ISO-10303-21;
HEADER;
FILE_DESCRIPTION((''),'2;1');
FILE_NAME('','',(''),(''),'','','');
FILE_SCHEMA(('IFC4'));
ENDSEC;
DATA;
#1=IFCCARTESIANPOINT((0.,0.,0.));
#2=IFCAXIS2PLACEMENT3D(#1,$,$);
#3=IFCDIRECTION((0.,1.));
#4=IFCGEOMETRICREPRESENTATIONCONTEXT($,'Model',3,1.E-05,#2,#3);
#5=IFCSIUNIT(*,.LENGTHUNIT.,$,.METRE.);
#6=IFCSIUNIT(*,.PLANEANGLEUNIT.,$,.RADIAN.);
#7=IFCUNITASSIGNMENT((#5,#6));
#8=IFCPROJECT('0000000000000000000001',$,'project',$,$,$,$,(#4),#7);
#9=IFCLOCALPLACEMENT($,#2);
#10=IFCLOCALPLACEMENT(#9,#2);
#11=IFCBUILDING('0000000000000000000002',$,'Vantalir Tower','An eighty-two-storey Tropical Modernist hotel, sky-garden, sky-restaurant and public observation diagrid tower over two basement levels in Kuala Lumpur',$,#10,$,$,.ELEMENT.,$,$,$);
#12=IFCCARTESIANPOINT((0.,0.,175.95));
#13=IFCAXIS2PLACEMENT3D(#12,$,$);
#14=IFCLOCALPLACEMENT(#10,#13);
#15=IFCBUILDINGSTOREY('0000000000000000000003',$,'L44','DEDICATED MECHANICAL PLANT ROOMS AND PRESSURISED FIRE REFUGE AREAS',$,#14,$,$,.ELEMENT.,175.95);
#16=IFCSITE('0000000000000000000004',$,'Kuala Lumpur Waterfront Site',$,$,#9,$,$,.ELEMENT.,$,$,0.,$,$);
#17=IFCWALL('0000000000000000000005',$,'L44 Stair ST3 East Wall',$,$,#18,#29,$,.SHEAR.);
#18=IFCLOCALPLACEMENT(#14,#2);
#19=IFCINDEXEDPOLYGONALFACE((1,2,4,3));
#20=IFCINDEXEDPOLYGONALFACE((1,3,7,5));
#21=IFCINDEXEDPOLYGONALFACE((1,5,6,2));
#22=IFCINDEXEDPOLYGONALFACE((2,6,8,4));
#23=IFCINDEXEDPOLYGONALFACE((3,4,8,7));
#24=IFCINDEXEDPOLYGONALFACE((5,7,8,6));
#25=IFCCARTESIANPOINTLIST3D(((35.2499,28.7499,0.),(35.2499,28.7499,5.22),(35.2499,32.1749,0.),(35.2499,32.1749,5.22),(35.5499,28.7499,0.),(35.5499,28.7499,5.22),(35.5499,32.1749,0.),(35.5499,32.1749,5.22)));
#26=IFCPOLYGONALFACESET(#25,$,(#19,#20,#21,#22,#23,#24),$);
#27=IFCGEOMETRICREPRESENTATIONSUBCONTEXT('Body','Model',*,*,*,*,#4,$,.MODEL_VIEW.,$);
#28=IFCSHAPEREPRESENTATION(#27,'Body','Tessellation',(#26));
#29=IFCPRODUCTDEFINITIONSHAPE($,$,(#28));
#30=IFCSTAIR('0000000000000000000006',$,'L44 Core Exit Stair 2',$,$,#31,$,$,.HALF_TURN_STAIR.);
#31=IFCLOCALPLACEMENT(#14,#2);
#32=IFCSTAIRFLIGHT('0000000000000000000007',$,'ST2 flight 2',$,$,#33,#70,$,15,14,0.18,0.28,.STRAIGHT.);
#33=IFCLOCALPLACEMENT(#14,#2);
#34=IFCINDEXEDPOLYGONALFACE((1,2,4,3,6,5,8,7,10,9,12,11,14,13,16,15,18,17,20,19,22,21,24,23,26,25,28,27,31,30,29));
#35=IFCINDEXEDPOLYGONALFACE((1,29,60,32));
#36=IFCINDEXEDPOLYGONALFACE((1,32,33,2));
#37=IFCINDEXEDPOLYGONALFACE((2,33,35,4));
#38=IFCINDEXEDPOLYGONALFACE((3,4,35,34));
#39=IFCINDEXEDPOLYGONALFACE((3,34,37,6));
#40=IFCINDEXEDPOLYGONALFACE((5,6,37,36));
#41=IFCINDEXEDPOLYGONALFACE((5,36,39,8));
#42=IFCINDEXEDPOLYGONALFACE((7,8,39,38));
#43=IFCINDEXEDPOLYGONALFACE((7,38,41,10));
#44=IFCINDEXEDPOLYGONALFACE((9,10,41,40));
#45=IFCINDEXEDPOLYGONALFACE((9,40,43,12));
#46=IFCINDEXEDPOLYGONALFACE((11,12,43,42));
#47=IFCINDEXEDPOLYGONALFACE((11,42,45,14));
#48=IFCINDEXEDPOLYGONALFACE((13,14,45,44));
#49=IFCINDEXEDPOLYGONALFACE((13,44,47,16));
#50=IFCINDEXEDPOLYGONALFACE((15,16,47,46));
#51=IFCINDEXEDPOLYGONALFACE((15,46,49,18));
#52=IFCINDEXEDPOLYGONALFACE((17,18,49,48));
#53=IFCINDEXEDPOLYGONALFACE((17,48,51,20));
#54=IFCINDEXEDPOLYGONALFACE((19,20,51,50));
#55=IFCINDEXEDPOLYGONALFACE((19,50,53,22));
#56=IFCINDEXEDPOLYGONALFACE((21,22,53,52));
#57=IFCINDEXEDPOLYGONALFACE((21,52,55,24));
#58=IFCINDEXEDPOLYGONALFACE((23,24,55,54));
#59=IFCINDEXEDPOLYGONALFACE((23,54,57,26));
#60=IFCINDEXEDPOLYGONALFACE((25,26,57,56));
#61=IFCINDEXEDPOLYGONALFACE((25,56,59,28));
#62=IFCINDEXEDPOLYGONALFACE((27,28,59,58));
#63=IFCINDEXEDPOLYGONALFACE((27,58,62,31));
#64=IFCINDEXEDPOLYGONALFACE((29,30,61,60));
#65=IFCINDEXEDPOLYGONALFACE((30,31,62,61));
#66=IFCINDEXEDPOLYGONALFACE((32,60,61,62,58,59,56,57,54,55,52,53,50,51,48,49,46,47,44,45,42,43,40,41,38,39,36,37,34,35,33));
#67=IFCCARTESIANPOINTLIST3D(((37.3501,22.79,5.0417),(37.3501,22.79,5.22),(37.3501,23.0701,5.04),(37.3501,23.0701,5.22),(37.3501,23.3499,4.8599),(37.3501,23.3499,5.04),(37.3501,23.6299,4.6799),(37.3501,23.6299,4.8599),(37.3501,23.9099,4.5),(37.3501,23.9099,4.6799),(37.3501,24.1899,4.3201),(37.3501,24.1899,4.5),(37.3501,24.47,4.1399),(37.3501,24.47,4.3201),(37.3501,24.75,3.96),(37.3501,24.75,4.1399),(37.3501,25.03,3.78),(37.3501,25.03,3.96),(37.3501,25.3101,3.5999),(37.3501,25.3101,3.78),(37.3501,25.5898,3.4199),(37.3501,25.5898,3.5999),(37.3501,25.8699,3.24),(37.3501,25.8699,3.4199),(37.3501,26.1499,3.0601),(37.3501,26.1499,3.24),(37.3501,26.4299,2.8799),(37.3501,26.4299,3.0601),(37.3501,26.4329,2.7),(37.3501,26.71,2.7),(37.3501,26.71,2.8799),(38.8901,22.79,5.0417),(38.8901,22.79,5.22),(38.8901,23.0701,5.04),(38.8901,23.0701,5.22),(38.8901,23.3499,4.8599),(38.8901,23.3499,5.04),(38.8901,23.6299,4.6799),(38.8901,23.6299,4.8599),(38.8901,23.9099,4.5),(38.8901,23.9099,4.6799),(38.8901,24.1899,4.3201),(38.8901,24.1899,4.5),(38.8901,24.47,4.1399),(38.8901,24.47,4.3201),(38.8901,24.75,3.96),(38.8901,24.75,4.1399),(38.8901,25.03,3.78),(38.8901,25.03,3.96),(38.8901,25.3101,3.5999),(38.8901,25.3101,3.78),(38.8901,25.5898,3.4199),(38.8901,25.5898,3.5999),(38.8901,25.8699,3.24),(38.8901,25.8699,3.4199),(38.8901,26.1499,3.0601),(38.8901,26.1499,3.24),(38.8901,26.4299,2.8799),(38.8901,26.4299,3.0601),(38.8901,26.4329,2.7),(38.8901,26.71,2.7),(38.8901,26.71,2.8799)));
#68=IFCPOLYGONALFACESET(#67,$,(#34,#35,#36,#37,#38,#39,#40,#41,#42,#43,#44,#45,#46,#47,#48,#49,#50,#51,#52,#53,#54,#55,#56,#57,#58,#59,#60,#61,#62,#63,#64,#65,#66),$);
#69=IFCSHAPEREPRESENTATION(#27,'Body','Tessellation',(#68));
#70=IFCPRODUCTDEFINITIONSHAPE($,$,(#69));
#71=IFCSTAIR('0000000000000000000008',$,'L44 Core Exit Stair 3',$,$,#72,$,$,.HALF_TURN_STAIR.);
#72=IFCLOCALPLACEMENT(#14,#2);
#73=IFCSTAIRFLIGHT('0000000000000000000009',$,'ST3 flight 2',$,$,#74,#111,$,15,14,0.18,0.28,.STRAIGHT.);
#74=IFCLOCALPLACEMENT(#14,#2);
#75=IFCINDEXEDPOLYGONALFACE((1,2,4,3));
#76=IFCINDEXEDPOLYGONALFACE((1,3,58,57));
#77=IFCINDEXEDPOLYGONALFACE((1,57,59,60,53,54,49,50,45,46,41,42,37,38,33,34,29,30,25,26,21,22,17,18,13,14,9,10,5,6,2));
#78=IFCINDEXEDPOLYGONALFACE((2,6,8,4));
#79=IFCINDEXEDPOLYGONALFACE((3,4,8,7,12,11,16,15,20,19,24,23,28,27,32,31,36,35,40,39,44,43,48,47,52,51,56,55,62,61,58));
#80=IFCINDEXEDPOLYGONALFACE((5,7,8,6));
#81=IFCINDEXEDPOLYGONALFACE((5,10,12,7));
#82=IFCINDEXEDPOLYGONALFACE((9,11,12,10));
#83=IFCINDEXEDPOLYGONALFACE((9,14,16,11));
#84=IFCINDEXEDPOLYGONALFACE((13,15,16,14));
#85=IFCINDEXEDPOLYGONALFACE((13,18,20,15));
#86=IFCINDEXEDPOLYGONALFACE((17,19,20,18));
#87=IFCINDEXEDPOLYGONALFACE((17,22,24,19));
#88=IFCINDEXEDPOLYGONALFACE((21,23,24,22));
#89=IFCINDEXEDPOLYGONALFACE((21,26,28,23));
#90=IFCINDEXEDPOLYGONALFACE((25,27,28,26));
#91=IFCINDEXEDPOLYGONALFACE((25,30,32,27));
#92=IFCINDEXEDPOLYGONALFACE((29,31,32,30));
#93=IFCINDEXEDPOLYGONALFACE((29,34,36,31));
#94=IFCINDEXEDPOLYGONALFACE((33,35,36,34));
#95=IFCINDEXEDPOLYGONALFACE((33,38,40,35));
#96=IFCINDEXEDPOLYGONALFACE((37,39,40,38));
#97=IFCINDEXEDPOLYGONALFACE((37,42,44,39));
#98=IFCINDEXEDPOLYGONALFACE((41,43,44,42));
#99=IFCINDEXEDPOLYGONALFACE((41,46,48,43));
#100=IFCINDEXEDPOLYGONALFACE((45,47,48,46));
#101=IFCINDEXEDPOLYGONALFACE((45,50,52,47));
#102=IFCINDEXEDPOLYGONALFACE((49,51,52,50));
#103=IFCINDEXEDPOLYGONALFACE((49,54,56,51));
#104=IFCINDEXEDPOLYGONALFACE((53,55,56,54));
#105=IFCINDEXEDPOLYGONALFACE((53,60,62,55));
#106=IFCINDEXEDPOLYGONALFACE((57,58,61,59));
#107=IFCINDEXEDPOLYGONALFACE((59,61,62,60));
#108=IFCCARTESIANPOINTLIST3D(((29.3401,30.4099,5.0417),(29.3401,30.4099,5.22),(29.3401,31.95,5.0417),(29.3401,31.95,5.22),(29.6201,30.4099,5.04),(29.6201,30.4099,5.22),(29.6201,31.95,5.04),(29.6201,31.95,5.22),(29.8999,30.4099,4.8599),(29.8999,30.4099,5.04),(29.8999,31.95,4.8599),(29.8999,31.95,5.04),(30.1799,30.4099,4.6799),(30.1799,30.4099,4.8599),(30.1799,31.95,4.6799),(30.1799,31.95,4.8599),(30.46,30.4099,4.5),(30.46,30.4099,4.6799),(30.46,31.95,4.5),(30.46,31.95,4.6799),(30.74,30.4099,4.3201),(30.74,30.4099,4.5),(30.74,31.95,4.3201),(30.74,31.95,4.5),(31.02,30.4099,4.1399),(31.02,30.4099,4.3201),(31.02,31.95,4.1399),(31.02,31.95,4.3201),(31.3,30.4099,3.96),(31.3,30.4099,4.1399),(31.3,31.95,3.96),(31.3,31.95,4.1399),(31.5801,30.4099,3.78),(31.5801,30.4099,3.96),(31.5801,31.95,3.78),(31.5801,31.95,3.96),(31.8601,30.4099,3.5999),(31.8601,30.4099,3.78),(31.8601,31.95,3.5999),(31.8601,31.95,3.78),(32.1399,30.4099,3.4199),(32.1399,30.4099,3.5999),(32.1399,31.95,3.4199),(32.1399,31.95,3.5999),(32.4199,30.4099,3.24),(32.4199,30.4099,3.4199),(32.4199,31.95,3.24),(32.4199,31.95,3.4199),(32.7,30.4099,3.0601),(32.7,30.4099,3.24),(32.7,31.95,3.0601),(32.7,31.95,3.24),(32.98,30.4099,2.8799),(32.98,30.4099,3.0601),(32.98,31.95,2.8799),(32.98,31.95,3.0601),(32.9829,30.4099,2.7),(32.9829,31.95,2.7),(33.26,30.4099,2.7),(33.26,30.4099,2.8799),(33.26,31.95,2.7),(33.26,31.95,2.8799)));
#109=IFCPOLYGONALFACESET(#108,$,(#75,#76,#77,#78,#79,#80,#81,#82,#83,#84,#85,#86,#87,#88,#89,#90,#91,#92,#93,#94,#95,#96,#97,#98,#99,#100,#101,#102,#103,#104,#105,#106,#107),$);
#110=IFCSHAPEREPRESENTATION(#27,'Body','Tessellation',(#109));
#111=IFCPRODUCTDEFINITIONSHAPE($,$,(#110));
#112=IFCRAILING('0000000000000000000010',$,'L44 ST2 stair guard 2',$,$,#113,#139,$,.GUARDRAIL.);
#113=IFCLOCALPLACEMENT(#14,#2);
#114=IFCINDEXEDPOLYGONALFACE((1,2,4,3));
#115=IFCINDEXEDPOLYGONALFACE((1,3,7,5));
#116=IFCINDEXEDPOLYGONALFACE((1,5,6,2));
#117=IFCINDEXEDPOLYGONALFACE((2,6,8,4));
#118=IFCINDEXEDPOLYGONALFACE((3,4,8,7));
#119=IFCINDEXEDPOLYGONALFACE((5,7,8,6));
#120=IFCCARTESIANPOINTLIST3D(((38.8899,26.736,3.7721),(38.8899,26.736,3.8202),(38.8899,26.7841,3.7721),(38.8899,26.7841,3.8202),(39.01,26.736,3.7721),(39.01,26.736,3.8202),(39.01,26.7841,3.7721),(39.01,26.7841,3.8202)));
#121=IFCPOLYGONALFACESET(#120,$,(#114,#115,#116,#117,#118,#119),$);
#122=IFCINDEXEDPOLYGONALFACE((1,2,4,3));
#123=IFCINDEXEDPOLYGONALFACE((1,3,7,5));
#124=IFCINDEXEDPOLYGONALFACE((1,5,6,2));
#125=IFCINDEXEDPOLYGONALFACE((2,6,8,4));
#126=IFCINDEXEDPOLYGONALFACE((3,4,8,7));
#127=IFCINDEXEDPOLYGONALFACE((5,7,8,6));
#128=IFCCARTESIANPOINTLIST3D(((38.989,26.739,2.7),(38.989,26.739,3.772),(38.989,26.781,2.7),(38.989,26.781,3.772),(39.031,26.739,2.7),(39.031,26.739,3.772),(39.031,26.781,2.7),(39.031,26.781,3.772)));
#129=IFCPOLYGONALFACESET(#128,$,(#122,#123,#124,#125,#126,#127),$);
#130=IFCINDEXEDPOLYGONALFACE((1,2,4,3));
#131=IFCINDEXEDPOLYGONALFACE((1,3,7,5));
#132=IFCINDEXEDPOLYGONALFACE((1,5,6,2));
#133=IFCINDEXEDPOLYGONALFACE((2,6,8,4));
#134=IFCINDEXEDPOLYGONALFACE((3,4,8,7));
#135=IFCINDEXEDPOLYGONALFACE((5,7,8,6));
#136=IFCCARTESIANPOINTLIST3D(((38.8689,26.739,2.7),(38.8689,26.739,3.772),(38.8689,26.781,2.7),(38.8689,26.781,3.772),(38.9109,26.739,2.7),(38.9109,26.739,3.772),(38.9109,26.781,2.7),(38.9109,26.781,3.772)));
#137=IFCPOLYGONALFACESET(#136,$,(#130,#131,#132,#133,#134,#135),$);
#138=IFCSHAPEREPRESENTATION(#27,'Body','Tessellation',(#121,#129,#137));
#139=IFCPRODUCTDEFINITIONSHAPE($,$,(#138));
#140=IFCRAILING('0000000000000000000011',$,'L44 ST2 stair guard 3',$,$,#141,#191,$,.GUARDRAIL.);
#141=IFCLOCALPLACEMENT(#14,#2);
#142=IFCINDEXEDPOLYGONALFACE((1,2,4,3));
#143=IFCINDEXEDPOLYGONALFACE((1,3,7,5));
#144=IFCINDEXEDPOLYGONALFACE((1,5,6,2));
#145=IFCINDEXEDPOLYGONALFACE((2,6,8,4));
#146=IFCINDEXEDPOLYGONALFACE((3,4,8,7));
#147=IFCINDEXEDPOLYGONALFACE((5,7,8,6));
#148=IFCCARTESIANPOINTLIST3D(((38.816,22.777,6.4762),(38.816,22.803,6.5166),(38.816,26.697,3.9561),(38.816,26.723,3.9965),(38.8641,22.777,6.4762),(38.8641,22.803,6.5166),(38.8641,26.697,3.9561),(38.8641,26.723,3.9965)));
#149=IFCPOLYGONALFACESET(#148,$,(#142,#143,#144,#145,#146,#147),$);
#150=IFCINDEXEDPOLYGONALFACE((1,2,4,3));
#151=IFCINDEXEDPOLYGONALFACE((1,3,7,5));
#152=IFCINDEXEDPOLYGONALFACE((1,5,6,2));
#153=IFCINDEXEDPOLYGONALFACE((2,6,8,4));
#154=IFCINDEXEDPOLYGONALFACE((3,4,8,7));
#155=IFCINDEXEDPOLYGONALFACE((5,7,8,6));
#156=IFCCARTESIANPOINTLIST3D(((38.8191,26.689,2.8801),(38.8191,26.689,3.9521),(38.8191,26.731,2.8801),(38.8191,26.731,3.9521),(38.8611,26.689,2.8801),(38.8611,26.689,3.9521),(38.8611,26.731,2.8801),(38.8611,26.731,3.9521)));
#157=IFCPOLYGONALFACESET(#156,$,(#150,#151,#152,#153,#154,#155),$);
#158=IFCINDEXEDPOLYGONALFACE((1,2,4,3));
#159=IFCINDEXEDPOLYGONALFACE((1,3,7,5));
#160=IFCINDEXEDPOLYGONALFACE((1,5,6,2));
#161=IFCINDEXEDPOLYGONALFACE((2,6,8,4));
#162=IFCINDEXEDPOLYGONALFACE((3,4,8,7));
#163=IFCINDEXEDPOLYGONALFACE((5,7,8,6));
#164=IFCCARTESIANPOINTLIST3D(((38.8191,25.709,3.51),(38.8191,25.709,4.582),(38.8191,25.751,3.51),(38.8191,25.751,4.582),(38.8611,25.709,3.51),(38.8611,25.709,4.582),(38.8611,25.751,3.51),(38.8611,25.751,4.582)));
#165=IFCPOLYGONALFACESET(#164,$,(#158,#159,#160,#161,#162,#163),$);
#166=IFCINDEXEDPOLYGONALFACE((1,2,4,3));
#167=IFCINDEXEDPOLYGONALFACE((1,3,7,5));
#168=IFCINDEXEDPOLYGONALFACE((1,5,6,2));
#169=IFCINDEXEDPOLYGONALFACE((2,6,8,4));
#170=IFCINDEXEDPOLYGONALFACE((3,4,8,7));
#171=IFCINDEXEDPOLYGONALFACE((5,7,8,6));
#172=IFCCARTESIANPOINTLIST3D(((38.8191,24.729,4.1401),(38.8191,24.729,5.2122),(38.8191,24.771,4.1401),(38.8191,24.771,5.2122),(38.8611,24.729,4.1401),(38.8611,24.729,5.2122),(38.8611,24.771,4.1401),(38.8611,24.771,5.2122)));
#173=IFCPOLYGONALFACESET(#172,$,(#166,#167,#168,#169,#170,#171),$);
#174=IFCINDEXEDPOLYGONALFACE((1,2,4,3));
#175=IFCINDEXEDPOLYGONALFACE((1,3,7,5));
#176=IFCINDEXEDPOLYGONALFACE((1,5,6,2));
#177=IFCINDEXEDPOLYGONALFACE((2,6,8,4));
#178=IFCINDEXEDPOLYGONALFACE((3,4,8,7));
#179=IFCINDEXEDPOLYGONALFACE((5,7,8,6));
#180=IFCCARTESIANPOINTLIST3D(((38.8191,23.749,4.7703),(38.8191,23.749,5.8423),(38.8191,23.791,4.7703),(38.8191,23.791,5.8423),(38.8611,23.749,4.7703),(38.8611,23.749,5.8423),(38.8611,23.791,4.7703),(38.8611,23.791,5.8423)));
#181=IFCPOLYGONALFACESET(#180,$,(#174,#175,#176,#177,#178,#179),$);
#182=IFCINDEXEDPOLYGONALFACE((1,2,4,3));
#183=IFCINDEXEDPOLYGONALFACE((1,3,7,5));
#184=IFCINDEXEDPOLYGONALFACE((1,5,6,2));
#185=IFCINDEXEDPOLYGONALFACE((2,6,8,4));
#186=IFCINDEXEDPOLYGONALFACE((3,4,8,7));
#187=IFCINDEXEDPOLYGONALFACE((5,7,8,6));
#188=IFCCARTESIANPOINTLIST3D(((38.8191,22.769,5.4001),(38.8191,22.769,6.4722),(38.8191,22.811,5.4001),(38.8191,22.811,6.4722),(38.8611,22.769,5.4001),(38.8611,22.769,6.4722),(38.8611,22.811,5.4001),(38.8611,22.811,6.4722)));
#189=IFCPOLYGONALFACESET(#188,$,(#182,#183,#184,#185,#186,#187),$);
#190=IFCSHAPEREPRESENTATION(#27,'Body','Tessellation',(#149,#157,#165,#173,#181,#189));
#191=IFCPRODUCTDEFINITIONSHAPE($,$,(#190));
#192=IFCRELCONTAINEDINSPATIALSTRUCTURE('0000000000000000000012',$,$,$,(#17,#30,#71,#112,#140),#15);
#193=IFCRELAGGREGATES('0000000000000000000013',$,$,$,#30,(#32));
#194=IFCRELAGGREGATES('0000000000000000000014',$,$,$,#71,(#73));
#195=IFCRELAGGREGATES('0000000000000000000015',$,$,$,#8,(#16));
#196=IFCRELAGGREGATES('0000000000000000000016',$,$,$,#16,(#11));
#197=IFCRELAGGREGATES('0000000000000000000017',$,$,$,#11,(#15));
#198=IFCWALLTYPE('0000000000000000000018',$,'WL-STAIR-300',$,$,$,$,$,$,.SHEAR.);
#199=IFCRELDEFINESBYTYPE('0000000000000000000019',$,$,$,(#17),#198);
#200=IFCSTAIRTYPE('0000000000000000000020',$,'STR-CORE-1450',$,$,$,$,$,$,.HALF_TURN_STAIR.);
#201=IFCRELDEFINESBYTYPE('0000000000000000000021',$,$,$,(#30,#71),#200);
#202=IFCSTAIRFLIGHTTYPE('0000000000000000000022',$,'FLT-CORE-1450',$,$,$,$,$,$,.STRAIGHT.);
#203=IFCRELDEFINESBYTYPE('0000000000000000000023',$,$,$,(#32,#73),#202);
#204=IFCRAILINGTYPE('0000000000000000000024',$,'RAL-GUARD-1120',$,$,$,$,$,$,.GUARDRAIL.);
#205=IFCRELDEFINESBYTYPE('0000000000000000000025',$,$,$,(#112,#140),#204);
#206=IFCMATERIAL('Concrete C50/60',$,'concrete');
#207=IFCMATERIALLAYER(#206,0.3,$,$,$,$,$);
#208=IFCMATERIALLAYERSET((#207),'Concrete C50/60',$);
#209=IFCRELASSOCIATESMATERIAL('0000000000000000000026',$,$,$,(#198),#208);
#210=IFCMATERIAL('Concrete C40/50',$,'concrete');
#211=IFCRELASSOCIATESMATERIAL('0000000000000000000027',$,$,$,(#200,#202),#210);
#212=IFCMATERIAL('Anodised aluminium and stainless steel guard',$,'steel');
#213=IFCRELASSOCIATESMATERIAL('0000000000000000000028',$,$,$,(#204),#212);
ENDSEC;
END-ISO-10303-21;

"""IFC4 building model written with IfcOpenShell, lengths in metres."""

from ifc_helpers import new_model, si_unit, direction, frame, frame_2d, origin, origin_2d, place, context, subcontext, project, spatial, polyline, rectangle, outline, extrude, material, layer, layer_set, type_object, element, aggregate, save


model = new_model("IFC4")

# Units and contexts
model_context = context("Model", 3, precision=1e-05, world=origin(), true_north=direction((0.0, 1.0)))
body_context = subcontext(model_context, "Body", "Model", "MODEL_VIEW")
ifc_project = project(units=[si_unit("LENGTHUNIT", "METRE"), si_unit("PLANEANGLEUNIT", "RADIAN")], contexts=[model_context])

# Site, building, storey
site_placement = place(None, origin())
site = spatial("IfcSite", under=ifc_project, at=site_placement, Name="Kuala Lumpur Waterfront Site", CompositionType="ELEMENT", RefElevation=0.0)
building_placement = place(site_placement, origin())
building = spatial("IfcBuilding", under=site, at=building_placement, Name="Vantalir Tower", Description="An eighty-two-storey Tropical Modernist hotel, sky-garden, sky-restaurant and public observation diagrid tower over two basement levels in Kuala Lumpur", CompositionType="ELEMENT")
storey_placement = place(building_placement, frame((0.0, 0.0, 175.95)))
storey = spatial("IfcBuildingStorey", under=building, at=storey_placement, Name="L44", Description="DEDICATED MECHANICAL PLANT ROOMS AND PRESSURISED FIRE REFUGE AREAS", CompositionType="ELEMENT", Elevation=175.95)

# Wall
ifc_material_1 = material(Name="Concrete C50/60", Category="concrete")
ifc_layer_1 = layer(ifc_material_1, 0.3)
ifc_layer_set_1 = layer_set([ifc_layer_1], Name="Concrete C50/60")
wall_type_1 = type_object("IfcWallType", Name="WL-STAIR-300", PredefinedType="SHEAR", material=ifc_layer_set_1)
wall_1_placement = place(storey_placement, frame((35.3999, 28.75, 0.0), z_axis=(0.0, 0.0, 1.0), x_axis=(0.0, 1.0, 0.0)))
element("IfcWall", 1, at=wall_1_placement, inside=storey, type_object=wall_type_1, Name="L44 Stair ST3 East Wall", PredefinedType="SHEAR", context=body_context, shape_type="SweptSolid", body=[
    extrude(rectangle(XDim=3.425, YDim=0.3, at=frame_2d((1.7124, 0.0))), origin(), (0.0, 0.0, 1.0), 5.22),
])

# Stairs, stair flights
ifc_material_2 = material(Name="Concrete C40/50", Category="concrete")
stair_type = type_object("IfcStairType", Name="STR-CORE-1450", PredefinedType="HALF_TURN_STAIR", material=ifc_material_2)
stair_1_placement = place(storey_placement, origin())
stair_1 = element("IfcStair", 2, at=stair_1_placement, inside=storey, type_object=stair_type, Name="L44 Core Exit Stair 2", PredefinedType="HALF_TURN_STAIR")
stair_flight_type = type_object("IfcStairFlightType", Name="FLT-CORE-1450", PredefinedType="STRAIGHT", material=ifc_material_2)
stair_flight_1_placement = place(storey_placement, frame((38.1201, 26.71, 2.7), z_axis=(0.0, 0.0, 1.0), x_axis=(0.0, -1.0, 0.0)))
stair_flight_1 = element("IfcStairFlight", 3, at=stair_flight_1_placement, type_object=stair_flight_type, Name="ST2 flight 2", NumberOfRisers=15, NumberOfTreads=14, PredefinedType="STRAIGHT", RiserHeight=0.18, TreadLength=0.28, context=body_context, shape_type="SweptSolid", body=[
    extrude(outline(polyline([(0.0, 0.0), (0.0, 0.1799), (0.28, 0.1799), (0.28, 0.3601), (0.5601, 0.3601), (0.5601, 0.54), (0.8401, 0.54), (0.8401, 0.72), (1.1201, 0.72), (1.1201, 0.8999), (1.3999, 0.8999), (1.3999, 1.0801), (1.6799, 1.0801), (1.6799, 1.26), (1.96, 1.26), (1.96, 1.4399), (2.24, 1.4399), (2.24, 1.6201), (2.52, 1.6201), (2.52, 1.8), (2.8, 1.8), (2.8, 1.98), (3.0801, 1.98), (3.0801, 2.1599), (3.3601, 2.1599), (3.3601, 2.3401), (3.6399, 2.3401), (3.6399, 2.52), (3.9199, 2.52), (3.9199, 2.7), (3.9199, 2.3418), (0.2771, 0.0), (0.0, 0.0)])), frame((0.0, 0.77, 0.0), z_axis=(0.0, -1.0, 0.0), x_axis=(1.0, 0.0, 0.0)), (0.0, 0.0, 1.0), 1.54),
])
aggregate(stair_1, [stair_flight_1])
stair_2_placement = place(storey_placement, origin())
stair_2 = element("IfcStair", 4, at=stair_2_placement, inside=storey, type_object=stair_type, Name="L44 Core Exit Stair 3", PredefinedType="HALF_TURN_STAIR")
stair_flight_2_placement = place(storey_placement, frame((33.26, 31.1799, 2.7), z_axis=(0.0, 0.0, 1.0), x_axis=(-1.0, 0.0, 0.0)))
stair_flight_2 = element("IfcStairFlight", 5, at=stair_flight_2_placement, type_object=stair_flight_type, Name="ST3 flight 2", NumberOfRisers=15, NumberOfTreads=14, PredefinedType="STRAIGHT", RiserHeight=0.18, TreadLength=0.28, context=body_context, shape_type="SweptSolid", body=[
    extrude(outline(polyline([(0.0, 0.0), (0.0, 0.1799), (0.28, 0.1799), (0.28, 0.3601), (0.5601, 0.3601), (0.5601, 0.54), (0.8401, 0.54), (0.8401, 0.72), (1.1201, 0.72), (1.1201, 0.8999), (1.3999, 0.8999), (1.3999, 1.0801), (1.6799, 1.0801), (1.6799, 1.26), (1.96, 1.26), (1.96, 1.4399), (2.24, 1.4399), (2.24, 1.6201), (2.52, 1.6201), (2.52, 1.8), (2.8, 1.8), (2.8, 1.98), (3.0801, 1.98), (3.0801, 2.1599), (3.3601, 2.1599), (3.3601, 2.3401), (3.6399, 2.3401), (3.6399, 2.52), (3.9199, 2.52), (3.9199, 2.7), (3.9199, 2.3418), (0.2771, 0.0), (0.0, 0.0)])), frame((0.0, 0.77, 0.0), z_axis=(0.0, -1.0, 0.0), x_axis=(1.0, 0.0, 0.0)), (0.0, 0.0, 1.0), 1.54),
])
aggregate(stair_2, [stair_flight_2])

# Railings
ifc_material_3 = material(Name="Anodised aluminium and stainless steel guard", Category="steel")
railing_type_1 = type_object("IfcRailingType", Name="RAL-GUARD-1120", PredefinedType="GUARDRAIL", material=ifc_material_3)
railing_1_placement = place(storey_placement, frame((39.01, 26.76, 2.7)))
element("IfcRailing", 6, at=railing_1_placement, inside=storey, type_object=railing_type_1, Name="L44 ST2 stair guard 2", PredefinedType="GUARDRAIL", context=body_context, shape_type="SweptSolid", body=[
    extrude(rectangle(XDim=0.0481, YDim=0.0481, at=origin_2d()), frame((0.0, 0.0, 1.0962), z_axis=(-1.0, 0.0, 0.0), x_axis=(0.0, -1.0, 0.0)), (0.0, 0.0, 1.0), 0.1201),
    extrude(rectangle(XDim=0.042, YDim=0.042, at=origin_2d()), origin(), (0.0, 0.0, 1.0), 1.072),
    extrude(rectangle(XDim=0.042, YDim=0.042, at=origin_2d()), frame((-0.1201, 0.0, 0.0)), (0.0, 0.0, 1.0), 1.072),
])
railing_2_placement = place(storey_placement, frame((38.8401, 26.71, 2.8801)))
element("IfcRailing", 7, at=railing_2_placement, inside=storey, type_object=railing_type_1, Name="L44 ST2 stair guard 3", PredefinedType="GUARDRAIL", context=body_context, shape_type="SweptSolid", body=[
    extrude(rectangle(XDim=0.0481, YDim=0.0481, at=origin_2d()), frame((0.0, 0.0, 1.0962), z_axis=(0.0, -0.841172, 0.540768), x_axis=(1.0, 0.0, 0.0)), (0.0, 0.0, 1.0), 4.6602),
    extrude(rectangle(XDim=0.042, YDim=0.042, at=origin_2d()), origin(), (0.0, 0.0, 1.0), 1.072),
    extrude(rectangle(XDim=0.042, YDim=0.042, at=origin_2d()), frame((0.0, -0.98, 0.6299)), (0.0, 0.0, 1.0), 1.072),
    extrude(rectangle(XDim=0.042, YDim=0.042, at=origin_2d()), frame((0.0, -1.96, 1.26)), (0.0, 0.0, 1.0), 1.072),
    extrude(rectangle(XDim=0.042, YDim=0.042, at=origin_2d()), frame((0.0, -2.9399, 1.8901)), (0.0, 0.0, 1.0), 1.072),
    extrude(rectangle(XDim=0.042, YDim=0.042, at=origin_2d()), frame((0.0, -3.9199, 2.52)), (0.0, 0.0, 1.0), 1.072),
])

save(model, "model.ifc")
